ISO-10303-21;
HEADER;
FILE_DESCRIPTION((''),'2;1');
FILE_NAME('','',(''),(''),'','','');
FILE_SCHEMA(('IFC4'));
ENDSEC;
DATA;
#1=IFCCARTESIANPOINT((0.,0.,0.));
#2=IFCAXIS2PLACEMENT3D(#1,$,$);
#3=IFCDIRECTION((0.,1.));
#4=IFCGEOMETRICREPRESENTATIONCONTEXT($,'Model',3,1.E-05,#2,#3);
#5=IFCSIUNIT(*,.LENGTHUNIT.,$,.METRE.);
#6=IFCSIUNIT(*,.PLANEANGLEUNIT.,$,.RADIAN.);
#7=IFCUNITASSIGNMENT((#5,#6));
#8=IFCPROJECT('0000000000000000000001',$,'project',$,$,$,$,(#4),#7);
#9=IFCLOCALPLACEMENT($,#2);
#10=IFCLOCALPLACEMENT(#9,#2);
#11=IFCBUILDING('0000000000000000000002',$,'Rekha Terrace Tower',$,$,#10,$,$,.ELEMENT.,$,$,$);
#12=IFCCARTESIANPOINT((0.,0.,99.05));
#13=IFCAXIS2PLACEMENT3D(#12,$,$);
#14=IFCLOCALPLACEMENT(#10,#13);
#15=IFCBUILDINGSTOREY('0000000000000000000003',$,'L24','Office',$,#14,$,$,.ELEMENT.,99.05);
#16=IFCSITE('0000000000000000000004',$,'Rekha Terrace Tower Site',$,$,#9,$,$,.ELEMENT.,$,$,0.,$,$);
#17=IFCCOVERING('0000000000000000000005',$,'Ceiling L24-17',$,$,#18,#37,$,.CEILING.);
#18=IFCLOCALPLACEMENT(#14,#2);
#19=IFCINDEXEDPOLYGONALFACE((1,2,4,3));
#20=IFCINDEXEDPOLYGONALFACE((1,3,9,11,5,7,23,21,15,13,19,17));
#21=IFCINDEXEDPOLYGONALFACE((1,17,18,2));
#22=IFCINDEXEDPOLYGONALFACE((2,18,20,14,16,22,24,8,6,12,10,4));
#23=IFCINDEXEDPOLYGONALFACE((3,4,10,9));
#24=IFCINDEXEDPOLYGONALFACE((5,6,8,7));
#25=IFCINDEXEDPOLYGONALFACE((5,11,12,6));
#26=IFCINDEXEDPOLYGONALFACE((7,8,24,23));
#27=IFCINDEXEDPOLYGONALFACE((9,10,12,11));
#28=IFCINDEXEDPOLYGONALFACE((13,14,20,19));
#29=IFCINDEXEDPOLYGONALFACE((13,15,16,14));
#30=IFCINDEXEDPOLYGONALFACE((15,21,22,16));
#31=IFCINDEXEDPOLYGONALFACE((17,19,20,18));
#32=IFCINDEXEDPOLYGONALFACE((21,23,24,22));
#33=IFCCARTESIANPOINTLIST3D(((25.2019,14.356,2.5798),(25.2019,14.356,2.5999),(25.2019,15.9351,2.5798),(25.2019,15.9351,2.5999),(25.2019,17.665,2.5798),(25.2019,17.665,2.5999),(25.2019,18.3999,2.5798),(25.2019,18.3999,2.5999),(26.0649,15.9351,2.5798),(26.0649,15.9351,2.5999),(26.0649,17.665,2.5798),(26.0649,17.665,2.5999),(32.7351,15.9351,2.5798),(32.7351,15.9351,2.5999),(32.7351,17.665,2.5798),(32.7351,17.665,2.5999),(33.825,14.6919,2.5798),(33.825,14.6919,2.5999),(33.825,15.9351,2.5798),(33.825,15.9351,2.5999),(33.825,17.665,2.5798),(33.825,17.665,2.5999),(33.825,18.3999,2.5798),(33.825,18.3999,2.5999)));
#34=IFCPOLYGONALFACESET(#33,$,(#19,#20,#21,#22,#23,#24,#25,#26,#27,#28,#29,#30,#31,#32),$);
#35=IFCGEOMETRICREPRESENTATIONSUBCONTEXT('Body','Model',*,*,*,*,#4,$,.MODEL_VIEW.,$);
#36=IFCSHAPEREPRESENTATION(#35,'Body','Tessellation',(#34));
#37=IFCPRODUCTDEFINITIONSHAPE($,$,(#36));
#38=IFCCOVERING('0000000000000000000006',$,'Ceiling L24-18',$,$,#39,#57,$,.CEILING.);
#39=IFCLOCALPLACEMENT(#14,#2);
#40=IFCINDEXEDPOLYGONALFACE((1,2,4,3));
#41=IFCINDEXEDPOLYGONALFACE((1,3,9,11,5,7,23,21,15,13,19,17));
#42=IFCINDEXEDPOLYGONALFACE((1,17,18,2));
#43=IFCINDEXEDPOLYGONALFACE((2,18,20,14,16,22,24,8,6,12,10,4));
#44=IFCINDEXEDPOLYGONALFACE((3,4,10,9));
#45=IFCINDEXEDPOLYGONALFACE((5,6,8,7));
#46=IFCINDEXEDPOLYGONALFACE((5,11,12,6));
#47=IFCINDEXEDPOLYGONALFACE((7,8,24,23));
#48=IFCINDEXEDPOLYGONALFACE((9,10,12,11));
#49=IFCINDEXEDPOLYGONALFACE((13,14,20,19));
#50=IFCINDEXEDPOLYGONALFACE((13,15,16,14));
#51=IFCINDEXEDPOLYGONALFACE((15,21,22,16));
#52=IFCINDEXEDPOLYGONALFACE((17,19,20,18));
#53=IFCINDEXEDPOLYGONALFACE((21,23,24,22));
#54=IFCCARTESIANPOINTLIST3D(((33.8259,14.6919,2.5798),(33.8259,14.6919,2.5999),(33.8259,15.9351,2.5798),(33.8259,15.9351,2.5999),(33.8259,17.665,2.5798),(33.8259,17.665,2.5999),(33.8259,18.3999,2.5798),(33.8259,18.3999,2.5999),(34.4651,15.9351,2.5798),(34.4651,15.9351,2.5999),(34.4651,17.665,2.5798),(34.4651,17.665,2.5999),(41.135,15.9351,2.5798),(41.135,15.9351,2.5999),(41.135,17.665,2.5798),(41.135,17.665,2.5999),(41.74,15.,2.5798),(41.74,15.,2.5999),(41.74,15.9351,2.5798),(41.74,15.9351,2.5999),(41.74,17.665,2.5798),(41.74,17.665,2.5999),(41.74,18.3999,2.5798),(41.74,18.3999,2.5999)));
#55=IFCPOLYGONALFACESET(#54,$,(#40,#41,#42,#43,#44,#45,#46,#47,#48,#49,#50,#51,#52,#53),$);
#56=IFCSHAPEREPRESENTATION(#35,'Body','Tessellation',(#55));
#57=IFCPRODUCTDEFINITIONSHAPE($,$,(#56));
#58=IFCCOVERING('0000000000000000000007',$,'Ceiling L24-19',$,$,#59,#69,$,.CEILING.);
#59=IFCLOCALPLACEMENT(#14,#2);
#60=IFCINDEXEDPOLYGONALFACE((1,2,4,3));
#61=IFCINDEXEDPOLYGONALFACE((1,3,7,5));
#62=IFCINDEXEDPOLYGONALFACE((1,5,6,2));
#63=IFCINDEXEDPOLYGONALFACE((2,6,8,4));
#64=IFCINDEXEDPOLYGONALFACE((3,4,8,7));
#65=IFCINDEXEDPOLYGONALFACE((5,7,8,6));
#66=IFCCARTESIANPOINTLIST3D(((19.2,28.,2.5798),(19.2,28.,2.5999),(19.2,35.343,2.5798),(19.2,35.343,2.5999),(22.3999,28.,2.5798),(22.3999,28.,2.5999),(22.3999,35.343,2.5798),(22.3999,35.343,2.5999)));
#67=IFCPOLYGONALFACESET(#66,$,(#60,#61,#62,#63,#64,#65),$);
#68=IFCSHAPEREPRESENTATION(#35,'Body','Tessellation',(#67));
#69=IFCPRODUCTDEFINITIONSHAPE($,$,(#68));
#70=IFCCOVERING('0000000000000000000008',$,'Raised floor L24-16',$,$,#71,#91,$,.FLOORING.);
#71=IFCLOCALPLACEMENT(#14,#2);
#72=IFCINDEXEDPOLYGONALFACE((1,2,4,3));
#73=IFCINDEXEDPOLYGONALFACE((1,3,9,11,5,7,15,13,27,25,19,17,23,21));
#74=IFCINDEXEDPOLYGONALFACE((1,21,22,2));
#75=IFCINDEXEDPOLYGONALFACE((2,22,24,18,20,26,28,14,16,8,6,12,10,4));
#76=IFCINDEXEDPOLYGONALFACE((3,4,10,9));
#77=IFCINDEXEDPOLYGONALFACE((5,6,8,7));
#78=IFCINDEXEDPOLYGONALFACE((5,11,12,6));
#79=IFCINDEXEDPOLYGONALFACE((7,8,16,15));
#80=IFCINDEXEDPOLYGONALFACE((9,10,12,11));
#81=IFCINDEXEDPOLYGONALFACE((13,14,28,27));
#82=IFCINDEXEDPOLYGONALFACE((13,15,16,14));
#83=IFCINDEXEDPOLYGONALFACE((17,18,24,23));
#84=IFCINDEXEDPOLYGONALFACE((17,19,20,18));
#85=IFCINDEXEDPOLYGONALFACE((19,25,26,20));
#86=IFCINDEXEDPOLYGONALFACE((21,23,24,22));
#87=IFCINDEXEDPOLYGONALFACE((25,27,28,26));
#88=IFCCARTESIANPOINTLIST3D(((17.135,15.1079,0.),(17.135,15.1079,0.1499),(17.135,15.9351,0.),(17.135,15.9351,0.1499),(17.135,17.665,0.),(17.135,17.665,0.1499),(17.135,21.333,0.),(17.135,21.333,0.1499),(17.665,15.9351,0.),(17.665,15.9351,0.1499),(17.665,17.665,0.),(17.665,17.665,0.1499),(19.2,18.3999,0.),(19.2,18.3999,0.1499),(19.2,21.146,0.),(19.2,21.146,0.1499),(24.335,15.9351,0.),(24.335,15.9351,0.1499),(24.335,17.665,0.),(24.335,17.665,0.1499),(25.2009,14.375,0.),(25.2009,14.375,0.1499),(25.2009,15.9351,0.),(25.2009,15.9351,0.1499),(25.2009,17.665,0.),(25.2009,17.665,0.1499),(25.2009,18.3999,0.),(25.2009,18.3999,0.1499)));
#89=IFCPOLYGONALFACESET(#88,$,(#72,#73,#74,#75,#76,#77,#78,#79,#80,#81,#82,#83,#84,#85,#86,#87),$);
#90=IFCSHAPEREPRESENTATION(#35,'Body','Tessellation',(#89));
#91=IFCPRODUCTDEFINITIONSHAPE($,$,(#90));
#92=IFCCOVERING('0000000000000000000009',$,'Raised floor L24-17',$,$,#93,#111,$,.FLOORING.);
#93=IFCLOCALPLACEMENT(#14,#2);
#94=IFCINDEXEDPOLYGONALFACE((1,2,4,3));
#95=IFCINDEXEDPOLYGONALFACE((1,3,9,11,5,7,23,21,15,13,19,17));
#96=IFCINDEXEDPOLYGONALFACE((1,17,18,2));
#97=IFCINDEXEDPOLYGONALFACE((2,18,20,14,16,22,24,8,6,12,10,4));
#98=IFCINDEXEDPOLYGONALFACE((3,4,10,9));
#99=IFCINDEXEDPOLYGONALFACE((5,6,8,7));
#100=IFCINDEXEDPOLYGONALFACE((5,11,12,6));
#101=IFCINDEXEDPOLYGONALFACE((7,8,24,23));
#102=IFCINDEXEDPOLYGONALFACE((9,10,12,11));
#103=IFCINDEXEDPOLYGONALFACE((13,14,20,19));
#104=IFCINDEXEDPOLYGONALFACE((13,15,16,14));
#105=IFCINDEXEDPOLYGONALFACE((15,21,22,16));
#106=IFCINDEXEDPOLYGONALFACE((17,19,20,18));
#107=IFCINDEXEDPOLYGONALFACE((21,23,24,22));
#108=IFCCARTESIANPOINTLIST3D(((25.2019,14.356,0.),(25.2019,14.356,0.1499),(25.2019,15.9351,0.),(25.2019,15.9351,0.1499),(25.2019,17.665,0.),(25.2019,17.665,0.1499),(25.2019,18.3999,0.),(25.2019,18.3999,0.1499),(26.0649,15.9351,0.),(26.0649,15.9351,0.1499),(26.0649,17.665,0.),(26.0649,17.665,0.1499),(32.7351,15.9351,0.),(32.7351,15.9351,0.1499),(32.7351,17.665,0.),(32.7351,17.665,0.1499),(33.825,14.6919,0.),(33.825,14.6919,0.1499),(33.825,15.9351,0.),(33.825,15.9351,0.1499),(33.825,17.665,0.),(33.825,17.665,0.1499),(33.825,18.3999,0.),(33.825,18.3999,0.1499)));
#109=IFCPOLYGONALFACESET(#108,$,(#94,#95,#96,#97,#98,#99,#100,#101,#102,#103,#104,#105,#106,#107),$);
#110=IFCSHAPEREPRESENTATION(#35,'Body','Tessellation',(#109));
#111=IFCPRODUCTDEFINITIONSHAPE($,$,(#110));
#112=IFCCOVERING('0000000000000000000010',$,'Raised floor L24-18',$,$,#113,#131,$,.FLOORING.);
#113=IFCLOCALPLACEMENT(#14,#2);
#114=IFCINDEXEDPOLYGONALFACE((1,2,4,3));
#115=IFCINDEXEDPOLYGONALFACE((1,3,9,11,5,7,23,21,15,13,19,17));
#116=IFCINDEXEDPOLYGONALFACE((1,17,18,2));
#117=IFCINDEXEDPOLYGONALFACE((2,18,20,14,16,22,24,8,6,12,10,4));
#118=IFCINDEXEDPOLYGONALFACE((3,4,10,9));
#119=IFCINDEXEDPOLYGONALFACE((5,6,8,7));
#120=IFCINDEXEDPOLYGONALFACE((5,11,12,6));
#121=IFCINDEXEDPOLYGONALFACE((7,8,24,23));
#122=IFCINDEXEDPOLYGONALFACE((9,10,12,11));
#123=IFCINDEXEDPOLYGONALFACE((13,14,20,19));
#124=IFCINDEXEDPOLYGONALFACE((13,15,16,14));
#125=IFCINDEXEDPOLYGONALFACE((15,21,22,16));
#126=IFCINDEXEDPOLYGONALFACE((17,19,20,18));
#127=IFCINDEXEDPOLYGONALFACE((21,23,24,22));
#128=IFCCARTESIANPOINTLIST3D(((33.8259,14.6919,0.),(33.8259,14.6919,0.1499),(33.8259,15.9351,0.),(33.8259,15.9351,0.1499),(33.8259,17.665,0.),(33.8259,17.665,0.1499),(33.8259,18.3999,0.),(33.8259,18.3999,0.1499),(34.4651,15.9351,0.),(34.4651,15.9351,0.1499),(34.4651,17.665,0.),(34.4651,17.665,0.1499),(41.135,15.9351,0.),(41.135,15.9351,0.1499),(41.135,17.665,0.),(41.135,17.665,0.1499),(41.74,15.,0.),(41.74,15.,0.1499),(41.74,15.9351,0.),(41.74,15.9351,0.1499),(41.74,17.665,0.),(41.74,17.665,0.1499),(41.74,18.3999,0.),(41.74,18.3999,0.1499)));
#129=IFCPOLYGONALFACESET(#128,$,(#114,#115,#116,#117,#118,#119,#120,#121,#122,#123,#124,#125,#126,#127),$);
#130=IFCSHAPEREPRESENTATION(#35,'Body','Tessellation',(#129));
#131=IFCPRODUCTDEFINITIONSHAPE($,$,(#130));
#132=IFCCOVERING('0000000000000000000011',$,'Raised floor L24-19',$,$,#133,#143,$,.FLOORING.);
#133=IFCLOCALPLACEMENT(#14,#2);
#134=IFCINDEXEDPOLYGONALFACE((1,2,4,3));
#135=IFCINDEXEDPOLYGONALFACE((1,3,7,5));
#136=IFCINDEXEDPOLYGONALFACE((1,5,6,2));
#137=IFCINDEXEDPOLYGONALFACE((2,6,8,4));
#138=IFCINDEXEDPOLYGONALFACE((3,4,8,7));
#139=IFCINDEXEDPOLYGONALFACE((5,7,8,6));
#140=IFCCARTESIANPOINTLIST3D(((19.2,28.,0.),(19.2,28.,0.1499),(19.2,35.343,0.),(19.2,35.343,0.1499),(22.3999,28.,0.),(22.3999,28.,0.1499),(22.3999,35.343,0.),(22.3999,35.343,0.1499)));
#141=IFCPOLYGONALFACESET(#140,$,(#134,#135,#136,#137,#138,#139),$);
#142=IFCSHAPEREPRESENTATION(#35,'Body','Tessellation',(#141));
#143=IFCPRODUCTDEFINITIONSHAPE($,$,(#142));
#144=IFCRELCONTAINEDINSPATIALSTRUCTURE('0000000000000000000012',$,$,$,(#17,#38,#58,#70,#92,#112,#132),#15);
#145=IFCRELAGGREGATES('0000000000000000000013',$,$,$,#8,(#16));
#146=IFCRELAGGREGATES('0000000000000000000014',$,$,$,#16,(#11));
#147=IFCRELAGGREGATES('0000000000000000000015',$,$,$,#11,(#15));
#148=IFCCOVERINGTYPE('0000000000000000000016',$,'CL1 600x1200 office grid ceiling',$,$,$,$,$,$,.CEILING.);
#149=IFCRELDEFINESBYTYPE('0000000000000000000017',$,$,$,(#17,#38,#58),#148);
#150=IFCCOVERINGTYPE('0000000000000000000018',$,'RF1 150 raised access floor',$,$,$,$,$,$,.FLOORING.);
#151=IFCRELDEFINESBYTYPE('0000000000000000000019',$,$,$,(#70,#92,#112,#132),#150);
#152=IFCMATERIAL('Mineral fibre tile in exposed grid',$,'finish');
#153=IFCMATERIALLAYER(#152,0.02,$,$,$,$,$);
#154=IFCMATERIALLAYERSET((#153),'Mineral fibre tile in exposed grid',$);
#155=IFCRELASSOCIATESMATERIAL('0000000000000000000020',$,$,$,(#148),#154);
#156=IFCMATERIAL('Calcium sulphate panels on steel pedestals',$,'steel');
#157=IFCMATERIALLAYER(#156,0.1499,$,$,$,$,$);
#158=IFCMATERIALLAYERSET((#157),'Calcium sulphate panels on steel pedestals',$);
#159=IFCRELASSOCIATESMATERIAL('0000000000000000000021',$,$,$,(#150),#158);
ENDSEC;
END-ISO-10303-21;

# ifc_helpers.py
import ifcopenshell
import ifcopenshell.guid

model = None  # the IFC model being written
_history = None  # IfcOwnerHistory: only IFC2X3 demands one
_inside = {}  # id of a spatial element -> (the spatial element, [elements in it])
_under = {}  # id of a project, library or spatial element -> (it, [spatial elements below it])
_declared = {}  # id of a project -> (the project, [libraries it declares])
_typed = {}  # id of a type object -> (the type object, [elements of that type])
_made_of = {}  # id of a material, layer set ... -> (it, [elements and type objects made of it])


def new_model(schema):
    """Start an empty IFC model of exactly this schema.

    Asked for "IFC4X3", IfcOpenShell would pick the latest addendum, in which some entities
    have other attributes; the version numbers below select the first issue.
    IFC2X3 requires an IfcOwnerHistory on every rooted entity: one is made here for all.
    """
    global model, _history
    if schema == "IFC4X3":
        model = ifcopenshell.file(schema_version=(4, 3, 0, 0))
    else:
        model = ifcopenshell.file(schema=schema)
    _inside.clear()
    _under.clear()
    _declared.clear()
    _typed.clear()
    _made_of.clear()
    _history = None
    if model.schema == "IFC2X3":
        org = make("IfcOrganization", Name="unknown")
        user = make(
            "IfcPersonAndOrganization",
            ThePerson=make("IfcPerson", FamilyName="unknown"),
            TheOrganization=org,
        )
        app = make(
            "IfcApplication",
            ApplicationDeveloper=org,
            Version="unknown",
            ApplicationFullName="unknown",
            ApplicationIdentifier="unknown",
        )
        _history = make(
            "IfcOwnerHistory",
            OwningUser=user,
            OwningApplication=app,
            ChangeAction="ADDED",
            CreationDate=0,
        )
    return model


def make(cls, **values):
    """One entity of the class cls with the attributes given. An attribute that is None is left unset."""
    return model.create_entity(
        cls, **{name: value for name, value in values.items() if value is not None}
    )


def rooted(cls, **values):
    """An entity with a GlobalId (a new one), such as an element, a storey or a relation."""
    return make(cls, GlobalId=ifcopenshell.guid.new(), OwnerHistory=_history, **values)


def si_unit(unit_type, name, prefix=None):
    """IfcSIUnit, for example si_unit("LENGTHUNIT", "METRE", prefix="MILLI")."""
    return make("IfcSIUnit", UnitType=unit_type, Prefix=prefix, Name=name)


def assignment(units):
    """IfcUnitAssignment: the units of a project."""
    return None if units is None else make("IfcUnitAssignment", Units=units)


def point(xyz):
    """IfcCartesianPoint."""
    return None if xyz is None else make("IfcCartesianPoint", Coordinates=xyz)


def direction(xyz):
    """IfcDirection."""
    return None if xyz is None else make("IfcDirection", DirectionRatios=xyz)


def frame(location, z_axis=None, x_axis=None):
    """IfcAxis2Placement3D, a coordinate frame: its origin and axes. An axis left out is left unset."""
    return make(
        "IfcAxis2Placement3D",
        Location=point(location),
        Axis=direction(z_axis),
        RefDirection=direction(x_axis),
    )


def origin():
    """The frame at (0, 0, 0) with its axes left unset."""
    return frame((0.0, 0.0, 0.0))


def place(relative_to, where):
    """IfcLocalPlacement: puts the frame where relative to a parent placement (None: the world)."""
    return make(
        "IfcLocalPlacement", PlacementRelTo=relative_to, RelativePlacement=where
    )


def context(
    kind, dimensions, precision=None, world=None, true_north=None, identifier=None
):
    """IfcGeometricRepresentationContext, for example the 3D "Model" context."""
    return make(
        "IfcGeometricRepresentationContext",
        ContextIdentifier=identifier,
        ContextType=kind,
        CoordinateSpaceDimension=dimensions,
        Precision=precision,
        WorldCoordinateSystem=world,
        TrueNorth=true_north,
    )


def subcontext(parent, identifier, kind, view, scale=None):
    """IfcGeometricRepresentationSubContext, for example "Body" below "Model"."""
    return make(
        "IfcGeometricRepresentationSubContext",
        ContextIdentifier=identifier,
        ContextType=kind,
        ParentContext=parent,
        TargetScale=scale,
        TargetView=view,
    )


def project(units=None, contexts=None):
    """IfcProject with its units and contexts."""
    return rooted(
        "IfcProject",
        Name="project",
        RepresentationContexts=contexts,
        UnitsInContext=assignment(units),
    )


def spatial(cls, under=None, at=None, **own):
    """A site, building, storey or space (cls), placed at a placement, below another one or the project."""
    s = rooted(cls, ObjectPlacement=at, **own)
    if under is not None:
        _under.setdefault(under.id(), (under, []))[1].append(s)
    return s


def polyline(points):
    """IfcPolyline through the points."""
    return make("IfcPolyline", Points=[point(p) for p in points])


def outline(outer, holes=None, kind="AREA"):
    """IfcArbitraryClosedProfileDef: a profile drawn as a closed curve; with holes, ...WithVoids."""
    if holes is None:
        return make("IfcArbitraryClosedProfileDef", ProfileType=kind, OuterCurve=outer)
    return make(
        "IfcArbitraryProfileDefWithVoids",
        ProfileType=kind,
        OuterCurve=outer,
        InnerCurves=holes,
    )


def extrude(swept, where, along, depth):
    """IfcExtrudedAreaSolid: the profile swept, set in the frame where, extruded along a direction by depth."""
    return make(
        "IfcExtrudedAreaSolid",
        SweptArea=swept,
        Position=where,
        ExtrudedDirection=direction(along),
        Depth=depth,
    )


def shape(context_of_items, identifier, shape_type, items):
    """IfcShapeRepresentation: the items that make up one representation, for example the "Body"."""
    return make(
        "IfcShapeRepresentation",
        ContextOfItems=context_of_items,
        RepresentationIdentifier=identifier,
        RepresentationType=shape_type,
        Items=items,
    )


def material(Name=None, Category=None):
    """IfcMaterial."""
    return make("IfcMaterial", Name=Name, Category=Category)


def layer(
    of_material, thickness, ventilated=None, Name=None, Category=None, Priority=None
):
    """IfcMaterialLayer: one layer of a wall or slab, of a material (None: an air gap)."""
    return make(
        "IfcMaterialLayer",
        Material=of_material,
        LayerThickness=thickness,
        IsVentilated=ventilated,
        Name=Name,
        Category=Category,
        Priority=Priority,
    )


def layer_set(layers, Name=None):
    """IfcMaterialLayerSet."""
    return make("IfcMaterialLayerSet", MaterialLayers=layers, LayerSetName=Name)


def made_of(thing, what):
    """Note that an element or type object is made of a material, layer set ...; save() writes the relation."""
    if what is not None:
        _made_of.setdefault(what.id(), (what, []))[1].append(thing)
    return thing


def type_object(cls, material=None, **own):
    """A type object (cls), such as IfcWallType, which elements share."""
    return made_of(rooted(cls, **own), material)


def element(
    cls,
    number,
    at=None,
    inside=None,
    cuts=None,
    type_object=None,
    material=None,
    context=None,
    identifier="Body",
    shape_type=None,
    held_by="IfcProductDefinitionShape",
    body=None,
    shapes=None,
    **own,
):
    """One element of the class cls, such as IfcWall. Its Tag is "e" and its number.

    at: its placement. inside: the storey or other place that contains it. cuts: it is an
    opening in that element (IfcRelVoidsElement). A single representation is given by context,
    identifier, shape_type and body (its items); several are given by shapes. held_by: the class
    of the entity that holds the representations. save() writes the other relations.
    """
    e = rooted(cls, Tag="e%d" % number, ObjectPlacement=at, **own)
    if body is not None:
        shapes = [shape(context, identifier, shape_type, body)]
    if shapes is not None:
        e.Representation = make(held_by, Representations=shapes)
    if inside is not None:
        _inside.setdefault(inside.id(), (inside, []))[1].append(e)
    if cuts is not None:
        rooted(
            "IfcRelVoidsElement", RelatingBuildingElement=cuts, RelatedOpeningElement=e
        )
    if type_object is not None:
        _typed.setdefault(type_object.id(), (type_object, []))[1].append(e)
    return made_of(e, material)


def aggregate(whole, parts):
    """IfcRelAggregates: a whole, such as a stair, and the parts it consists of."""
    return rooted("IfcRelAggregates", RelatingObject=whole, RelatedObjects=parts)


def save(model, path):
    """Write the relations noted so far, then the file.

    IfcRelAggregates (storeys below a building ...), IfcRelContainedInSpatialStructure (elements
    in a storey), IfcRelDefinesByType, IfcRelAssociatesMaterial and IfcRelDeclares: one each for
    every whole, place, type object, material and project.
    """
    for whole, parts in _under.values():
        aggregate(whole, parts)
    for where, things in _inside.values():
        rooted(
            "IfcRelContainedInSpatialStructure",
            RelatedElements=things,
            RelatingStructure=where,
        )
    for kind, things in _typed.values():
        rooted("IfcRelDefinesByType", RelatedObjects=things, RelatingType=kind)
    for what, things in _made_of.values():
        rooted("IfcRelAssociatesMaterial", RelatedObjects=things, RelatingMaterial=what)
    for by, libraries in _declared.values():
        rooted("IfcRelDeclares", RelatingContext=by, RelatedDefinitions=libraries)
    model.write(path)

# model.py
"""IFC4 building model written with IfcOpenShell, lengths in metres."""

from ifc_helpers import new_model, si_unit, direction, frame, origin, place, context, subcontext, project, spatial, polyline, outline, extrude, material, layer, layer_set, type_object, element, save


model = new_model("IFC4")

# Units and contexts
model_context = context("Model", 3, precision=1e-05, world=origin(), true_north=direction((0.0, 1.0)))
body_context = subcontext(model_context, "Body", "Model", "MODEL_VIEW")
ifc_project = project(units=[si_unit("LENGTHUNIT", "METRE"), si_unit("PLANEANGLEUNIT", "RADIAN")], contexts=[model_context])

# Site, building, storey
site_placement = place(None, origin())
site = spatial("IfcSite", under=ifc_project, at=site_placement, Name="Rekha Terrace Tower Site", CompositionType="ELEMENT", RefElevation=0.0)
building_placement = place(site_placement, origin())
building = spatial("IfcBuilding", under=site, at=building_placement, Name="Rekha Terrace Tower", CompositionType="ELEMENT")
storey_placement = place(building_placement, frame((0.0, 0.0, 99.05)))
storey = spatial("IfcBuildingStorey", under=building, at=storey_placement, Name="L24", Description="Office", CompositionType="ELEMENT", Elevation=99.05)

# Coverings
ifc_material_1 = material(Name="Mineral fibre tile in exposed grid", Category="finish")
ifc_layer_1 = layer(ifc_material_1, 0.02)
ifc_layer_set_1 = layer_set([ifc_layer_1], Name="Mineral fibre tile in exposed grid")
covering_type_1 = type_object("IfcCoveringType", Name="CL1 600x1200 office grid ceiling", PredefinedType="CEILING", material=ifc_layer_set_1)
covering_1_placement = place(storey_placement, frame((0.0, 0.0, 2.5798)))
element("IfcCovering", 1, at=covering_1_placement, inside=storey, type_object=covering_type_1, Name="Ceiling L24-17", PredefinedType="CEILING", context=body_context, shape_type="SweptSolid", body=[
    extrude(outline(polyline([(33.825, 17.665), (33.825, 18.3999), (25.2019, 18.3999), (25.2019, 17.665), (26.0649, 17.665), (26.0649, 15.9351), (25.2019, 15.9351), (25.2019, 14.356), (33.825, 14.6919), (33.825, 15.9351), (32.7351, 15.9351), (32.7351, 17.665), (33.825, 17.665)])), origin(), (0.0, 0.0, 1.0), 0.02),
])
covering_2_placement = place(storey_placement, frame((0.0, 0.0, 2.5798)))
element("IfcCovering", 2, at=covering_2_placement, inside=storey, type_object=covering_type_1, Name="Ceiling L24-18", PredefinedType="CEILING", context=body_context, shape_type="SweptSolid", body=[
    extrude(outline(polyline([(33.8259, 15.9351), (33.8259, 14.6919), (41.74, 15.0), (41.74, 15.9351), (41.135, 15.9351), (41.135, 17.665), (41.74, 17.665), (41.74, 18.3999), (33.8259, 18.3999), (33.8259, 17.665), (34.4651, 17.665), (34.4651, 15.9351), (33.8259, 15.9351)])), origin(), (0.0, 0.0, 1.0), 0.02),
])
covering_3_placement = place(storey_placement, frame((0.0, 0.0, 2.5798)))
element("IfcCovering", 3, at=covering_3_placement, inside=storey, type_object=covering_type_1, Name="Ceiling L24-19", PredefinedType="CEILING", context=body_context, shape_type="SweptSolid", body=[
    extrude(outline(polyline([(19.2, 35.343), (19.2, 28.0), (22.3999, 28.0), (22.3999, 35.343), (19.2, 35.343)])), origin(), (0.0, 0.0, 1.0), 0.02),
])
ifc_material_2 = material(Name="Calcium sulphate panels on steel pedestals", Category="steel")
ifc_layer_2 = layer(ifc_material_2, 0.1499)
ifc_layer_set_2 = layer_set([ifc_layer_2], Name="Calcium sulphate panels on steel pedestals")
covering_type_2 = type_object("IfcCoveringType", Name="RF1 150 raised access floor", PredefinedType="FLOORING", material=ifc_layer_set_2)
covering_4_placement = place(storey_placement, origin())
element("IfcCovering", 4, at=covering_4_placement, inside=storey, type_object=covering_type_2, Name="Raised floor L24-16", PredefinedType="FLOORING", context=body_context, shape_type="SweptSolid", body=[
    extrude(outline(polyline([(24.335, 17.665), (25.2009, 17.665), (25.2009, 18.3999), (19.2, 18.3999), (19.2, 21.146), (17.135, 21.333), (17.135, 17.665), (17.665, 17.665), (17.665, 15.9351), (17.135, 15.9351), (17.135, 15.1079), (25.2009, 14.375), (25.2009, 15.9351), (24.335, 15.9351), (24.335, 17.665)])), origin(), (0.0, 0.0, 1.0), 0.1499),
])
covering_5_placement = place(storey_placement, origin())
element("IfcCovering", 5, at=covering_5_placement, inside=storey, type_object=covering_type_2, Name="Raised floor L24-17", PredefinedType="FLOORING", context=body_context, shape_type="SweptSolid", body=[
    extrude(outline(polyline([(33.825, 17.665), (33.825, 18.3999), (25.2019, 18.3999), (25.2019, 17.665), (26.0649, 17.665), (26.0649, 15.9351), (25.2019, 15.9351), (25.2019, 14.356), (33.825, 14.6919), (33.825, 15.9351), (32.7351, 15.9351), (32.7351, 17.665), (33.825, 17.665)])), origin(), (0.0, 0.0, 1.0), 0.1499),
])
covering_6_placement = place(storey_placement, origin())
element("IfcCovering", 6, at=covering_6_placement, inside=storey, type_object=covering_type_2, Name="Raised floor L24-18", PredefinedType="FLOORING", context=body_context, shape_type="SweptSolid", body=[
    extrude(outline(polyline([(33.8259, 15.9351), (33.8259, 14.6919), (41.74, 15.0), (41.74, 15.9351), (41.135, 15.9351), (41.135, 17.665), (41.74, 17.665), (41.74, 18.3999), (33.8259, 18.3999), (33.8259, 17.665), (34.4651, 17.665), (34.4651, 15.9351), (33.8259, 15.9351)])), origin(), (0.0, 0.0, 1.0), 0.1499),
])
covering_7_placement = place(storey_placement, origin())
element("IfcCovering", 7, at=covering_7_placement, inside=storey, type_object=covering_type_2, Name="Raised floor L24-19", PredefinedType="FLOORING", context=body_context, shape_type="SweptSolid", body=[
    extrude(outline(polyline([(19.2, 35.343), (19.2, 28.0), (22.3999, 28.0), (22.3999, 35.343), (19.2, 35.343)])), origin(), (0.0, 0.0, 1.0), 0.1499),
])

save(model, "model.ifc")
